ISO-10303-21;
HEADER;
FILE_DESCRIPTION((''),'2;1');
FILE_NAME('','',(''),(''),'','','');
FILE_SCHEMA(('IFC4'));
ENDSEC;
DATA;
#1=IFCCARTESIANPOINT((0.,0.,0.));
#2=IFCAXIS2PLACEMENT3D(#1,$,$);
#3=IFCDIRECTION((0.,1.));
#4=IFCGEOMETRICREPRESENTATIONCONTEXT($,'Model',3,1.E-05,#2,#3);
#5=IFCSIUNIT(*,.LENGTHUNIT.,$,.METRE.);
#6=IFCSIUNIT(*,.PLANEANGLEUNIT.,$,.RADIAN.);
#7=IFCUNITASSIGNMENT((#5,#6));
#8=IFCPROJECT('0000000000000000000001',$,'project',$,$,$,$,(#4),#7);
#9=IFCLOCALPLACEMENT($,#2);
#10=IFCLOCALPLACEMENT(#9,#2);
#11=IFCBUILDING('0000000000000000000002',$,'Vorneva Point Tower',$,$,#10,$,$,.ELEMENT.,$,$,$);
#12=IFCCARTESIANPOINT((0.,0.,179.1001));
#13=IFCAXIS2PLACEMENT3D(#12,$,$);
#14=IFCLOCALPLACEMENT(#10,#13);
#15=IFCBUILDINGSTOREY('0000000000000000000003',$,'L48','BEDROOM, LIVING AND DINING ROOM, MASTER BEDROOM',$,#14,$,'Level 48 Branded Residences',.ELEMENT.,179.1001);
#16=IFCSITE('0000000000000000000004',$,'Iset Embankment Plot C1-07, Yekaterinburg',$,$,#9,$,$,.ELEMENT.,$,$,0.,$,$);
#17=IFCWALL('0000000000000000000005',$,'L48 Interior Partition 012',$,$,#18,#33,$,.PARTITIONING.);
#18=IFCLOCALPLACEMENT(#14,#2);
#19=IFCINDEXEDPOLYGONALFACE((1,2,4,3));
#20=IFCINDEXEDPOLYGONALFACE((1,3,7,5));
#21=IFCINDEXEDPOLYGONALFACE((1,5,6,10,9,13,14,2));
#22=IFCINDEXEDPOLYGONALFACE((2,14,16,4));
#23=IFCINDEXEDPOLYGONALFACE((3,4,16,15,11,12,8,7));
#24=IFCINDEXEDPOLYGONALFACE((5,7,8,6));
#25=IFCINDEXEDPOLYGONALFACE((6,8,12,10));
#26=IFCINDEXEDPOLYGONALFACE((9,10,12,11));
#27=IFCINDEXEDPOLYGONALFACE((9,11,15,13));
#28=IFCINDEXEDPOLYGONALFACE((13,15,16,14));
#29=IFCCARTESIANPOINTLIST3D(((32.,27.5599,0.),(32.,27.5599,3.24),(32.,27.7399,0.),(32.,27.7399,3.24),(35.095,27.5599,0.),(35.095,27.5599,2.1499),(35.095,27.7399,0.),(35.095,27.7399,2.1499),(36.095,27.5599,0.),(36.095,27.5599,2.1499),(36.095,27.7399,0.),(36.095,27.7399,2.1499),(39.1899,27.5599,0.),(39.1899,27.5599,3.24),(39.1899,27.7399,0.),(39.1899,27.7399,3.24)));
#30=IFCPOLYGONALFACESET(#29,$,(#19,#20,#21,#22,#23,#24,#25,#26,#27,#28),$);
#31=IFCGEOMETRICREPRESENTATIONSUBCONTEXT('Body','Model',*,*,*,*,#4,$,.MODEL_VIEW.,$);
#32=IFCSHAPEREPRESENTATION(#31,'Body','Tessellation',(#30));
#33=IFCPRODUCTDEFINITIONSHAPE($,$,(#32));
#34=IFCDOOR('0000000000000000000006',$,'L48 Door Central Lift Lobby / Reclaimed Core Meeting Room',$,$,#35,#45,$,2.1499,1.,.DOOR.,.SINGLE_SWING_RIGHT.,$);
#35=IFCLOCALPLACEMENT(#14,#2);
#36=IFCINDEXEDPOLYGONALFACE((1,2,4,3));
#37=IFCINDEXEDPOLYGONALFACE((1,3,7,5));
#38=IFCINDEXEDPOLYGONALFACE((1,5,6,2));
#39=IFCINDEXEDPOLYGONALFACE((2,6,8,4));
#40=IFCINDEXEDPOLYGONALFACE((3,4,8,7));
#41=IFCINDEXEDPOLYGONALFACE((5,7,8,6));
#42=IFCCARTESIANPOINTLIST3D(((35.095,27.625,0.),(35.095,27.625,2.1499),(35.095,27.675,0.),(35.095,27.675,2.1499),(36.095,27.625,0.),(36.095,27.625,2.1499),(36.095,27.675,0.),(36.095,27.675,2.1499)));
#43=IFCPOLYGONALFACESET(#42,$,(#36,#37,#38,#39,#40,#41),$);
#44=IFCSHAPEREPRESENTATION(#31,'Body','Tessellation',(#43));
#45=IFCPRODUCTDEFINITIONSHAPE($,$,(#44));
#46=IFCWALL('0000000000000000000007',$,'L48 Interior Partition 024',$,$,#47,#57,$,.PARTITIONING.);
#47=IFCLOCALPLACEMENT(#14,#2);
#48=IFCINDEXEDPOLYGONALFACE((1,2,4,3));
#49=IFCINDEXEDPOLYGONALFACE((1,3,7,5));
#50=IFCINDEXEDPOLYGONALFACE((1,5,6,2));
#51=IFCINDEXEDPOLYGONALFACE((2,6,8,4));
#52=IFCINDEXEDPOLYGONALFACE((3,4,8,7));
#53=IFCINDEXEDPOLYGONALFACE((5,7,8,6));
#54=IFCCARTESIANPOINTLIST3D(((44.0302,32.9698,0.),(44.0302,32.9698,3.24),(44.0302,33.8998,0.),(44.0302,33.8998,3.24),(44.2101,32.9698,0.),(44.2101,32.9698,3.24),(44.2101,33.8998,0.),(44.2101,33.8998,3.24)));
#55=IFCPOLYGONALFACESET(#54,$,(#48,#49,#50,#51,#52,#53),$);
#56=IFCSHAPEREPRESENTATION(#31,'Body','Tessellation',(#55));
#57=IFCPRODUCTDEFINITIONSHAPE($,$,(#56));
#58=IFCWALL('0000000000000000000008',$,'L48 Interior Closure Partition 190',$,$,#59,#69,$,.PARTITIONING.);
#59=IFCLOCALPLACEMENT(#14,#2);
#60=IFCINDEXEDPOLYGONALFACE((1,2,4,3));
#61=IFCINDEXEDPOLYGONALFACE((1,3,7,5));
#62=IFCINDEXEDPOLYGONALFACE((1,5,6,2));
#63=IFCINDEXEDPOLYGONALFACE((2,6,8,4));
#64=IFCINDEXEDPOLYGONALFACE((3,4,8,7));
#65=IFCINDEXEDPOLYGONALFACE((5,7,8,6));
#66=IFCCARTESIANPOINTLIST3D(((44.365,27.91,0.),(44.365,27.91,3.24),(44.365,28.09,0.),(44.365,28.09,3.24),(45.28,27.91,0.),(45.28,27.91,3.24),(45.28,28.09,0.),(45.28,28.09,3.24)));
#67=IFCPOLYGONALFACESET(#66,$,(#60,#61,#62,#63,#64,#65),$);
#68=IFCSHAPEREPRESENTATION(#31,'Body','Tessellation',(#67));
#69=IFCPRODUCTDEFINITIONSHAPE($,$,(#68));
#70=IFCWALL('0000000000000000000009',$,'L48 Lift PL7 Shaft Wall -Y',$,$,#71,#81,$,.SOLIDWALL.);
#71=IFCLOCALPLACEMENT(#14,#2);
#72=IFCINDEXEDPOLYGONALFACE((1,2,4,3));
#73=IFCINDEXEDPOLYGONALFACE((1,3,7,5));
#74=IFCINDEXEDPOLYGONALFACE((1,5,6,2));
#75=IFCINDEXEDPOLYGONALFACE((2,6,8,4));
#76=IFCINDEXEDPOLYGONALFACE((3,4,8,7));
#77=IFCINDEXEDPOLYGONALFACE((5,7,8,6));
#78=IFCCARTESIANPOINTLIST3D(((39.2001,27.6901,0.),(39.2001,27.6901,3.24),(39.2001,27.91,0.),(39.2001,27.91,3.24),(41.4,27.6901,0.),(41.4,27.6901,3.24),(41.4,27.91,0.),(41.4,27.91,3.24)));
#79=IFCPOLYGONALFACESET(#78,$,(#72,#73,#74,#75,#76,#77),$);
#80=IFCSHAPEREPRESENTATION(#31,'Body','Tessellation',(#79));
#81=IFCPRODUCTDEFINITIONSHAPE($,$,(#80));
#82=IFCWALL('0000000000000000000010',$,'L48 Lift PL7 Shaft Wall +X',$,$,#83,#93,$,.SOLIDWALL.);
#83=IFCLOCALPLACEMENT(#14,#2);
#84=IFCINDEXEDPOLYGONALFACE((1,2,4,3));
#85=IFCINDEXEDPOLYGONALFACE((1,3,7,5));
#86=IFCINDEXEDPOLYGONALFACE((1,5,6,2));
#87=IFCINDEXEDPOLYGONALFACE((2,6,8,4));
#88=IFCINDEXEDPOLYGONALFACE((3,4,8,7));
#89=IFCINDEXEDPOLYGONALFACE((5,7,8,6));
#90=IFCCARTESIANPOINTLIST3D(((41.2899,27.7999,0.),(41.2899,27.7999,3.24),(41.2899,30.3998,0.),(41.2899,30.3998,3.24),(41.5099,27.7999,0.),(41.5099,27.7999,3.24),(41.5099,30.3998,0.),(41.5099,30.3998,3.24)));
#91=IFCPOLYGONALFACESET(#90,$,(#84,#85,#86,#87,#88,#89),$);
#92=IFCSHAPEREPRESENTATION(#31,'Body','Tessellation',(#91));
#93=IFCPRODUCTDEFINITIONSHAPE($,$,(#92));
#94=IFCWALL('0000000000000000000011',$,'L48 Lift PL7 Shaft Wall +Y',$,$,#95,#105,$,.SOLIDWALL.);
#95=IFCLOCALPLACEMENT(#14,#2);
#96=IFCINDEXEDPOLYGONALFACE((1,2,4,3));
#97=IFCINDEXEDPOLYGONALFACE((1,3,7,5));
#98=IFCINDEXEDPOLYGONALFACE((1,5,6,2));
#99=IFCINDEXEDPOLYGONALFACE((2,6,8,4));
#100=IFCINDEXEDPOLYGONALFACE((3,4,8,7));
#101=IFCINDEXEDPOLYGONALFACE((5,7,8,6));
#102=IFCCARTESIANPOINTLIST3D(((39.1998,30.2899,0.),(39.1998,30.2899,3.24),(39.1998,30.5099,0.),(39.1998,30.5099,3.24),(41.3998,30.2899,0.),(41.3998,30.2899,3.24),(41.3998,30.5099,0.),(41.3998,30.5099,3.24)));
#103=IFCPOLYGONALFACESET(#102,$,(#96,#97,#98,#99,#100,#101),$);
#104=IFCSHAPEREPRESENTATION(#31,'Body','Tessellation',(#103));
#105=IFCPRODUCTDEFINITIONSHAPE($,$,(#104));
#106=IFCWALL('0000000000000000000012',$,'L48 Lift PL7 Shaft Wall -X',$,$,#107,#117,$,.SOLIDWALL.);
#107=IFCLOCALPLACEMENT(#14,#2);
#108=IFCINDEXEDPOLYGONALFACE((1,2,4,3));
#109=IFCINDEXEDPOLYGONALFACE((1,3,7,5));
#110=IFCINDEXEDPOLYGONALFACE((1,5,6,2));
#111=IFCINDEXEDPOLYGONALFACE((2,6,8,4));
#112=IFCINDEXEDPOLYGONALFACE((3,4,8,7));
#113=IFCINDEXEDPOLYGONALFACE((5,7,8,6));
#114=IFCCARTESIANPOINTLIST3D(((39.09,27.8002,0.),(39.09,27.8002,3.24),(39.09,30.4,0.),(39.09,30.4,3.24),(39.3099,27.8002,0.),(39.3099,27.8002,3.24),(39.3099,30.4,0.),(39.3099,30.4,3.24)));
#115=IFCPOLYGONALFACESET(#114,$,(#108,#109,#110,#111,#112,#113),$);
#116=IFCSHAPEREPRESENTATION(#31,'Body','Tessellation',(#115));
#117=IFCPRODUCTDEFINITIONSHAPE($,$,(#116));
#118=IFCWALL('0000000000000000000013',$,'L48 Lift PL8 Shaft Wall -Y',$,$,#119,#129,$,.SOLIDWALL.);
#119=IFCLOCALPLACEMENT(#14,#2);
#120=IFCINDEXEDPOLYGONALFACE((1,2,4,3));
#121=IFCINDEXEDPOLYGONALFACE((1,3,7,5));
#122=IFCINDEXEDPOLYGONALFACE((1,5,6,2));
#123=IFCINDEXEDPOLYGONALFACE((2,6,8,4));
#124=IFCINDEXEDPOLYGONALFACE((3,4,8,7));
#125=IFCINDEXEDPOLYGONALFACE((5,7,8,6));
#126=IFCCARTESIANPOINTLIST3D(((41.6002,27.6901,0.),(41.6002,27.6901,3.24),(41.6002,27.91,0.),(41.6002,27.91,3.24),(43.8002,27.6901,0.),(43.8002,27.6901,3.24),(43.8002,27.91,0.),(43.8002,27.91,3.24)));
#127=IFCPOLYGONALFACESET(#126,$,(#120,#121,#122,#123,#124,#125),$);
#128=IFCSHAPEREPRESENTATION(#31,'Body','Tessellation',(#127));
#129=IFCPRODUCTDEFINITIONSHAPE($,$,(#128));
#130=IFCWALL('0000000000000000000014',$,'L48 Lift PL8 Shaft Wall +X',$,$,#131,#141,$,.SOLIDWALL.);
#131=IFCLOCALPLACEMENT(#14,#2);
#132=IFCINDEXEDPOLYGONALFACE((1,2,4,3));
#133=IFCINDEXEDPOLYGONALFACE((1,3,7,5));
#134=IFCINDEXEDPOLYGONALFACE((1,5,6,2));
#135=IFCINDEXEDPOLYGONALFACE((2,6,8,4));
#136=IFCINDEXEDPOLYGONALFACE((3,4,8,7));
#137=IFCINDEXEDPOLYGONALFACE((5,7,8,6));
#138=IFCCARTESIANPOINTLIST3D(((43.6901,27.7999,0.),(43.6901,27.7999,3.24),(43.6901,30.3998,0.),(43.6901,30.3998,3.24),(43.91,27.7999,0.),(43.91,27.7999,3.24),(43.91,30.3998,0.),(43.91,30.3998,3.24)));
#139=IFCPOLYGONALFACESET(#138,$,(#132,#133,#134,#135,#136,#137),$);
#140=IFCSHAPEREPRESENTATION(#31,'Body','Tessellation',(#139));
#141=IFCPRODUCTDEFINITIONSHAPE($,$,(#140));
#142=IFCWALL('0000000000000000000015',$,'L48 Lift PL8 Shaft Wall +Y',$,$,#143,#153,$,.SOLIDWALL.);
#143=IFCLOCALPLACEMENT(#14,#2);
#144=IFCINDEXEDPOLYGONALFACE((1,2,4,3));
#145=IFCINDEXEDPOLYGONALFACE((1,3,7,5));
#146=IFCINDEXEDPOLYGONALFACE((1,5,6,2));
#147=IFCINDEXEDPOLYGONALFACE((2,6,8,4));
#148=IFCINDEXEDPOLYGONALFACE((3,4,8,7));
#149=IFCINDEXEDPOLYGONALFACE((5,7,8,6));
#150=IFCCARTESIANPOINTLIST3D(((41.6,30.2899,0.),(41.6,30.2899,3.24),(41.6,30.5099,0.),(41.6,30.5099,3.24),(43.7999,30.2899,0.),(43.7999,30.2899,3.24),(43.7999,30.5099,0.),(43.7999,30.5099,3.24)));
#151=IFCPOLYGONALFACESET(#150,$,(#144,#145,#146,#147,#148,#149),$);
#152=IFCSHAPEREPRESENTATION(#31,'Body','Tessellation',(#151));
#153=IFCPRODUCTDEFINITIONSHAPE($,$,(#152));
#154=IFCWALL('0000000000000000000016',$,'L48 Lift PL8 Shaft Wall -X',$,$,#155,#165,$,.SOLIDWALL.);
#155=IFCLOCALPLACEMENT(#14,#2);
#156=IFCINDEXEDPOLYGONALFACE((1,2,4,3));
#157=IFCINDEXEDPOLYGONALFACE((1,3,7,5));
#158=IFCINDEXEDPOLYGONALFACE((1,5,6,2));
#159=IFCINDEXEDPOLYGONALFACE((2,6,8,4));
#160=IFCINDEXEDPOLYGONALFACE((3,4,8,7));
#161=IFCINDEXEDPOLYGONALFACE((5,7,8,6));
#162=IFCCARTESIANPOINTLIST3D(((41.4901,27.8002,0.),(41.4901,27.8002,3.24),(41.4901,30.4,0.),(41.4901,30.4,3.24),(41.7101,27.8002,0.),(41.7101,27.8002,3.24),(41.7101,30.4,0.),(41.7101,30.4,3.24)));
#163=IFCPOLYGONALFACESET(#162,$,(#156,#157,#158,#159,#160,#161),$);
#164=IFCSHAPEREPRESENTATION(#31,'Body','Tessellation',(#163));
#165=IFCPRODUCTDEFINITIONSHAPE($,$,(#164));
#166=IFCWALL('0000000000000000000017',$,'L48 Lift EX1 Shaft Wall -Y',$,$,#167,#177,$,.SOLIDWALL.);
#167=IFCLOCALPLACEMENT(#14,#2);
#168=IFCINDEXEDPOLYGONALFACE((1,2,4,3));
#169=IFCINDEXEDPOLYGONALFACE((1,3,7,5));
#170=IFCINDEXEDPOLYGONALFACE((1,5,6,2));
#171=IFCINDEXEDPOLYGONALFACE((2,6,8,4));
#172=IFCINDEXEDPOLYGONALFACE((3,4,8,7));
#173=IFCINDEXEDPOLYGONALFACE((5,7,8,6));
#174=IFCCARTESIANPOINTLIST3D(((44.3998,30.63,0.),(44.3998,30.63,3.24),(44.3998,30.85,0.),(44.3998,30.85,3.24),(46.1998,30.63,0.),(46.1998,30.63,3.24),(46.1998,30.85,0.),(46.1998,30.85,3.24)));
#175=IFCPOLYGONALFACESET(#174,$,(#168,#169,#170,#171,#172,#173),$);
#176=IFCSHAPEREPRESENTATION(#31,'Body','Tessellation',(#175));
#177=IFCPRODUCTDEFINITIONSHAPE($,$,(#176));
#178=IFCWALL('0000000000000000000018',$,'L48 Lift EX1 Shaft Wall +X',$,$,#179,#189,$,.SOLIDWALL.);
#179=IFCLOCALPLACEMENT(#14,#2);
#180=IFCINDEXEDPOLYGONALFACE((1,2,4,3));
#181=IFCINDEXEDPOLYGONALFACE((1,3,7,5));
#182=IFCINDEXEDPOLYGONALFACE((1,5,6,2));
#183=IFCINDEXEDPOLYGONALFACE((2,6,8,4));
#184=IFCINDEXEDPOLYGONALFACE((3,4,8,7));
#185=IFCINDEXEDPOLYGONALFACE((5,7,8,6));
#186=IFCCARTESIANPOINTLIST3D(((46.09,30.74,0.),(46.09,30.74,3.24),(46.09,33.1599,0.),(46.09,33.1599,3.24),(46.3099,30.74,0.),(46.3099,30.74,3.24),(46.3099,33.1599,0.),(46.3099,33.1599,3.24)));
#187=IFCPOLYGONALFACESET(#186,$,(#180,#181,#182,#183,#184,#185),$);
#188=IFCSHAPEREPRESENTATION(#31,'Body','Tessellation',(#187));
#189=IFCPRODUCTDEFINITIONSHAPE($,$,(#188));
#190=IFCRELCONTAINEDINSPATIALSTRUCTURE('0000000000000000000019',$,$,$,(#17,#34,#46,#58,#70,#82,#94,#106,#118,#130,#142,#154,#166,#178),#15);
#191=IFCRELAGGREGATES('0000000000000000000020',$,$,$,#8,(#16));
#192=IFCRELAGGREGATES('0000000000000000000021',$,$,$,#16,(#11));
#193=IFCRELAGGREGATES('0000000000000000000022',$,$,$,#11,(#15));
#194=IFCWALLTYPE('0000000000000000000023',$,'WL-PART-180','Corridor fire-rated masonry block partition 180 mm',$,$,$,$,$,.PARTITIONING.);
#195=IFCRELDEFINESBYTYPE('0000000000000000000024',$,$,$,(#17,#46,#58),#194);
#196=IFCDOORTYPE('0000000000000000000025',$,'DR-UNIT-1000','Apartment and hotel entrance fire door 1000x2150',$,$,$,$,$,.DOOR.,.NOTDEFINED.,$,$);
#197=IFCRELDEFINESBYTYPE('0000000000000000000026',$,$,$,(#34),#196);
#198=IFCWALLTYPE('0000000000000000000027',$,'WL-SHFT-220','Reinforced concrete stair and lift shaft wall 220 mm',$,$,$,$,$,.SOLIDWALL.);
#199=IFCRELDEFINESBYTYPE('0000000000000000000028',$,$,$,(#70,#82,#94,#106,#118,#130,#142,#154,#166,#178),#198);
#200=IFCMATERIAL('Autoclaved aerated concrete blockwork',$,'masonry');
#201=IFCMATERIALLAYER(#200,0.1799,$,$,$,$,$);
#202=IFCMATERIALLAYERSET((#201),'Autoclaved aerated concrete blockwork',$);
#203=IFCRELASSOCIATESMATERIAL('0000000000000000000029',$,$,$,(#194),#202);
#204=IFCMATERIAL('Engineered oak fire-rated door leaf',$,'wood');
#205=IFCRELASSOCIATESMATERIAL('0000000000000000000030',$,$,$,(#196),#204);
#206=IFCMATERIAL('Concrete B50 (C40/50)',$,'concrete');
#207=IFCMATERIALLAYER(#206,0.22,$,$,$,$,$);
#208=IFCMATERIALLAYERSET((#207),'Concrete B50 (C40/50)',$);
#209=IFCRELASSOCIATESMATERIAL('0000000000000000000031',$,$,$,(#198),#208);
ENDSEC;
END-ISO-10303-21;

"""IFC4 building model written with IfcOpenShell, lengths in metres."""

from ifc_helpers import new_model, si_unit, direction, frame, frame_2d, origin, place, context, subcontext, project, spatial, rectangle, extrude, material, layer, layer_set, type_object, element, fill, save


model = new_model("IFC4")

# Units and contexts
model_context = context("Model", 3, precision=1e-05, world=origin(), true_north=direction((0.0, 1.0)))
body_context = subcontext(model_context, "Body", "Model", "MODEL_VIEW")
ifc_project = project(units=[si_unit("LENGTHUNIT", "METRE"), si_unit("PLANEANGLEUNIT", "RADIAN")], contexts=[model_context])

# Site, building, storey
site_placement = place(None, origin())
site = spatial("IfcSite", under=ifc_project, at=site_placement, Name="Iset Embankment Plot C1-07, Yekaterinburg", CompositionType="ELEMENT", RefElevation=0.0)
building_placement = place(site_placement, origin())
building = spatial("IfcBuilding", under=site, at=building_placement, Name="Vorneva Point Tower", CompositionType="ELEMENT")
storey_placement = place(building_placement, frame((0.0, 0.0, 179.1001)))
storey = spatial("IfcBuildingStorey", under=building, at=storey_placement, Name="L48", Description="BEDROOM, LIVING AND DINING ROOM, MASTER BEDROOM", LongName="Level 48 Branded Residences", CompositionType="ELEMENT", Elevation=179.1001)

# Shared definitions
ifc_material_1 = material(Name="Concrete B50 (C40/50)", Category="concrete")

# Wall, opening, door
ifc_material_2 = material(Name="Autoclaved aerated concrete blockwork", Category="masonry")
ifc_layer_1 = layer(ifc_material_2, 0.1799)
ifc_layer_set_1 = layer_set([ifc_layer_1], Name="Autoclaved aerated concrete blockwork")
wall_type_1 = type_object("IfcWallType", Name="WL-PART-180", Description="Corridor fire-rated masonry block partition 180 mm", PredefinedType="PARTITIONING", material=ifc_layer_set_1)
wall_1_placement = place(storey_placement, frame((39.1899, 27.6499, 0.0), z_axis=(0.0, 0.0, 1.0), x_axis=(-1.0, 0.0, 0.0)))
wall_1 = element("IfcWall", 1, at=wall_1_placement, inside=storey, type_object=wall_type_1, Name="L48 Interior Partition 012", PredefinedType="PARTITIONING", context=body_context, shape_type="SweptSolid", body=[
    extrude(rectangle(XDim=7.1899, YDim=0.1799, at=frame_2d((3.595, 0.0))), origin(), (0.0, 0.0, 1.0), 3.24),
])
opening_1_placement = place(wall_1_placement, frame((3.095, 0.0, 0.0)))
opening_1 = element("IfcOpeningElement", 2, at=opening_1_placement, cuts=wall_1, PredefinedType="OPENING", context=body_context, shape_type="SweptSolid", body=[
    extrude(rectangle(XDim=1.0, YDim=2.1499, at=frame_2d((0.5, 1.075))), frame((0.0, 0.105, 0.0), z_axis=(0.0, -1.0, 0.0), x_axis=(1.0, 0.0, 0.0)), (0.0, 0.0, 1.0), 0.2097),
])
ifc_material_3 = material(Name="Engineered oak fire-rated door leaf", Category="wood")
door_type_1 = type_object("IfcDoorType", Name="DR-UNIT-1000", Description="Apartment and hotel entrance fire door 1000x2150", OperationType="NOTDEFINED", PredefinedType="DOOR", material=ifc_material_3)
door_1_placement = place(opening_1_placement, origin())
door_1 = element("IfcDoor", 3, at=door_1_placement, inside=storey, type_object=door_type_1, Name="L48 Door Central Lift Lobby / Reclaimed Core Meeting Room", OperationType="SINGLE_SWING_RIGHT", OverallHeight=2.1499, OverallWidth=1.0, PredefinedType="DOOR", context=body_context, shape_type="SweptSolid", body=[
    extrude(rectangle(XDim=1.0, YDim=2.1499, at=frame_2d((0.5, 1.075))), frame((0.0, 0.0249, 0.0), z_axis=(0.0, -1.0, 0.0), x_axis=(1.0, 0.0, 0.0)), (0.0, 0.0, 1.0), 0.05),
])
fill(opening_1, door_1)

# Walls
wall_2_placement = place(storey_placement, frame((44.1201, 32.97, 0.0), z_axis=(0.0, 0.0, 1.0), x_axis=(0.0, 1.0, 0.0)))
element("IfcWall", 4, at=wall_2_placement, inside=storey, type_object=wall_type_1, Name="L48 Interior Partition 024", PredefinedType="PARTITIONING", context=body_context, shape_type="SweptSolid", body=[
    extrude(rectangle(XDim=0.9299, YDim=0.1799, at=frame_2d((0.4648, 0.0))), origin(), (0.0, 0.0, 1.0), 3.24),
])
wall_3_placement = place(storey_placement, frame((45.28, 28.0, 0.0), z_axis=(0.0, 0.0, 1.0), x_axis=(-1.0, 0.0, 0.0)))
element("IfcWall", 5, at=wall_3_placement, inside=storey, type_object=wall_type_1, Name="L48 Interior Closure Partition 190", PredefinedType="PARTITIONING", context=body_context, shape_type="SweptSolid", body=[
    extrude(rectangle(XDim=0.915, YDim=0.1799, at=frame_2d((0.4575, 0.0))), origin(), (0.0, 0.0, 1.0), 3.24),
])
ifc_layer_2 = layer(ifc_material_1, 0.22)
ifc_layer_set_2 = layer_set([ifc_layer_2], Name="Concrete B50 (C40/50)")
wall_type_2 = type_object("IfcWallType", Name="WL-SHFT-220", Description="Reinforced concrete stair and lift shaft wall 220 mm", PredefinedType="SOLIDWALL", material=ifc_layer_set_2)
wall_4_placement = place(storey_placement, frame((39.2, 27.8, 0.0), z_axis=(0.0, 0.0, 1.0), x_axis=(1.0, 0.0, 0.0)))
element("IfcWall", 6, at=wall_4_placement, inside=storey, type_object=wall_type_2, Name="L48 Lift PL7 Shaft Wall -Y", PredefinedType="SOLIDWALL", context=body_context, shape_type="SweptSolid", body=[
    extrude(rectangle(XDim=2.2, YDim=0.22, at=frame_2d((1.1001, 0.0))), origin(), (0.0, 0.0, 1.0), 3.24),
])
wall_5_placement = place(storey_placement, frame((41.3999, 27.8, 0.0), z_axis=(0.0, 0.0, 1.0), x_axis=(0.0, 1.0, 0.0)))
element("IfcWall", 7, at=wall_5_placement, inside=storey, type_object=wall_type_2, Name="L48 Lift PL7 Shaft Wall +X", PredefinedType="SOLIDWALL", context=body_context, shape_type="SweptSolid", body=[
    extrude(rectangle(XDim=2.5999, YDim=0.22, at=frame_2d((1.2998, 0.0))), origin(), (0.0, 0.0, 1.0), 3.24),
])
wall_6_placement = place(storey_placement, frame((41.3999, 30.3999, 0.0), z_axis=(0.0, 0.0, 1.0), x_axis=(-1.0, 0.0, 0.0)))
element("IfcWall", 8, at=wall_6_placement, inside=storey, type_object=wall_type_2, Name="L48 Lift PL7 Shaft Wall +Y", PredefinedType="SOLIDWALL", context=body_context, shape_type="SweptSolid", body=[
    extrude(rectangle(XDim=2.2, YDim=0.22, at=frame_2d((1.1001, 0.0))), origin(), (0.0, 0.0, 1.0), 3.24),
])
wall_7_placement = place(storey_placement, frame((39.2, 30.3999, 0.0), z_axis=(0.0, 0.0, 1.0), x_axis=(0.0, -1.0, 0.0)))
element("IfcWall", 9, at=wall_7_placement, inside=storey, type_object=wall_type_2, Name="L48 Lift PL7 Shaft Wall -X", PredefinedType="SOLIDWALL", context=body_context, shape_type="SweptSolid", body=[
    extrude(rectangle(XDim=2.5999, YDim=0.22, at=frame_2d((1.2998, 0.0))), origin(), (0.0, 0.0, 1.0), 3.24),
])
wall_8_placement = place(storey_placement, frame((41.6001, 27.8, 0.0), z_axis=(0.0, 0.0, 1.0), x_axis=(1.0, 0.0, 0.0)))
element("IfcWall", 10, at=wall_8_placement, inside=storey, type_object=wall_type_2, Name="L48 Lift PL8 Shaft Wall -Y", PredefinedType="SOLIDWALL", context=body_context, shape_type="SweptSolid", body=[
    extrude(rectangle(XDim=2.2, YDim=0.22, at=frame_2d((1.1001, 0.0))), origin(), (0.0, 0.0, 1.0), 3.24),
])
wall_9_placement = place(storey_placement, frame((43.8, 27.8, 0.0), z_axis=(0.0, 0.0, 1.0), x_axis=(0.0, 1.0, 0.0)))
element("IfcWall", 11, at=wall_9_placement, inside=storey, type_object=wall_type_2, Name="L48 Lift PL8 Shaft Wall +X", PredefinedType="SOLIDWALL", context=body_context, shape_type="SweptSolid", body=[
    extrude(rectangle(XDim=2.5999, YDim=0.22, at=frame_2d((1.2998, 0.0))), origin(), (0.0, 0.0, 1.0), 3.24),
])
wall_10_placement = place(storey_placement, frame((43.8, 30.3999, 0.0), z_axis=(0.0, 0.0, 1.0), x_axis=(-1.0, 0.0, 0.0)))
element("IfcWall", 12, at=wall_10_placement, inside=storey, type_object=wall_type_2, Name="L48 Lift PL8 Shaft Wall +Y", PredefinedType="SOLIDWALL", context=body_context, shape_type="SweptSolid", body=[
    extrude(rectangle(XDim=2.2, YDim=0.22, at=frame_2d((1.1001, 0.0))), origin(), (0.0, 0.0, 1.0), 3.24),
])
wall_11_placement = place(storey_placement, frame((41.6001, 30.3999, 0.0), z_axis=(0.0, 0.0, 1.0), x_axis=(0.0, -1.0, 0.0)))
element("IfcWall", 13, at=wall_11_placement, inside=storey, type_object=wall_type_2, Name="L48 Lift PL8 Shaft Wall -X", PredefinedType="SOLIDWALL", context=body_context, shape_type="SweptSolid", body=[
    extrude(rectangle(XDim=2.5999, YDim=0.22, at=frame_2d((1.2998, 0.0))), origin(), (0.0, 0.0, 1.0), 3.24),
])
wall_12_placement = place(storey_placement, frame((44.3999, 30.74, 0.0), z_axis=(0.0, 0.0, 1.0), x_axis=(1.0, 0.0, 0.0)))
element("IfcWall", 14, at=wall_12_placement, inside=storey, type_object=wall_type_2, Name="L48 Lift EX1 Shaft Wall -Y", PredefinedType="SOLIDWALL", context=body_context, shape_type="SweptSolid", body=[
    extrude(rectangle(XDim=1.8, YDim=0.22, at=frame_2d((0.8999, 0.0))), origin(), (0.0, 0.0, 1.0), 3.24),
])
wall_13_placement = place(storey_placement, frame((46.2, 30.74, 0.0), z_axis=(0.0, 0.0, 1.0), x_axis=(0.0, 1.0, 0.0)))
element("IfcWall", 15, at=wall_13_placement, inside=storey, type_object=wall_type_2, Name="L48 Lift EX1 Shaft Wall +X", PredefinedType="SOLIDWALL", context=body_context, shape_type="SweptSolid", body=[
    extrude(rectangle(XDim=2.4199, YDim=0.22, at=frame_2d((1.21, 0.0))), origin(), (0.0, 0.0, 1.0), 3.24),
])

save(model, "model.ifc")
